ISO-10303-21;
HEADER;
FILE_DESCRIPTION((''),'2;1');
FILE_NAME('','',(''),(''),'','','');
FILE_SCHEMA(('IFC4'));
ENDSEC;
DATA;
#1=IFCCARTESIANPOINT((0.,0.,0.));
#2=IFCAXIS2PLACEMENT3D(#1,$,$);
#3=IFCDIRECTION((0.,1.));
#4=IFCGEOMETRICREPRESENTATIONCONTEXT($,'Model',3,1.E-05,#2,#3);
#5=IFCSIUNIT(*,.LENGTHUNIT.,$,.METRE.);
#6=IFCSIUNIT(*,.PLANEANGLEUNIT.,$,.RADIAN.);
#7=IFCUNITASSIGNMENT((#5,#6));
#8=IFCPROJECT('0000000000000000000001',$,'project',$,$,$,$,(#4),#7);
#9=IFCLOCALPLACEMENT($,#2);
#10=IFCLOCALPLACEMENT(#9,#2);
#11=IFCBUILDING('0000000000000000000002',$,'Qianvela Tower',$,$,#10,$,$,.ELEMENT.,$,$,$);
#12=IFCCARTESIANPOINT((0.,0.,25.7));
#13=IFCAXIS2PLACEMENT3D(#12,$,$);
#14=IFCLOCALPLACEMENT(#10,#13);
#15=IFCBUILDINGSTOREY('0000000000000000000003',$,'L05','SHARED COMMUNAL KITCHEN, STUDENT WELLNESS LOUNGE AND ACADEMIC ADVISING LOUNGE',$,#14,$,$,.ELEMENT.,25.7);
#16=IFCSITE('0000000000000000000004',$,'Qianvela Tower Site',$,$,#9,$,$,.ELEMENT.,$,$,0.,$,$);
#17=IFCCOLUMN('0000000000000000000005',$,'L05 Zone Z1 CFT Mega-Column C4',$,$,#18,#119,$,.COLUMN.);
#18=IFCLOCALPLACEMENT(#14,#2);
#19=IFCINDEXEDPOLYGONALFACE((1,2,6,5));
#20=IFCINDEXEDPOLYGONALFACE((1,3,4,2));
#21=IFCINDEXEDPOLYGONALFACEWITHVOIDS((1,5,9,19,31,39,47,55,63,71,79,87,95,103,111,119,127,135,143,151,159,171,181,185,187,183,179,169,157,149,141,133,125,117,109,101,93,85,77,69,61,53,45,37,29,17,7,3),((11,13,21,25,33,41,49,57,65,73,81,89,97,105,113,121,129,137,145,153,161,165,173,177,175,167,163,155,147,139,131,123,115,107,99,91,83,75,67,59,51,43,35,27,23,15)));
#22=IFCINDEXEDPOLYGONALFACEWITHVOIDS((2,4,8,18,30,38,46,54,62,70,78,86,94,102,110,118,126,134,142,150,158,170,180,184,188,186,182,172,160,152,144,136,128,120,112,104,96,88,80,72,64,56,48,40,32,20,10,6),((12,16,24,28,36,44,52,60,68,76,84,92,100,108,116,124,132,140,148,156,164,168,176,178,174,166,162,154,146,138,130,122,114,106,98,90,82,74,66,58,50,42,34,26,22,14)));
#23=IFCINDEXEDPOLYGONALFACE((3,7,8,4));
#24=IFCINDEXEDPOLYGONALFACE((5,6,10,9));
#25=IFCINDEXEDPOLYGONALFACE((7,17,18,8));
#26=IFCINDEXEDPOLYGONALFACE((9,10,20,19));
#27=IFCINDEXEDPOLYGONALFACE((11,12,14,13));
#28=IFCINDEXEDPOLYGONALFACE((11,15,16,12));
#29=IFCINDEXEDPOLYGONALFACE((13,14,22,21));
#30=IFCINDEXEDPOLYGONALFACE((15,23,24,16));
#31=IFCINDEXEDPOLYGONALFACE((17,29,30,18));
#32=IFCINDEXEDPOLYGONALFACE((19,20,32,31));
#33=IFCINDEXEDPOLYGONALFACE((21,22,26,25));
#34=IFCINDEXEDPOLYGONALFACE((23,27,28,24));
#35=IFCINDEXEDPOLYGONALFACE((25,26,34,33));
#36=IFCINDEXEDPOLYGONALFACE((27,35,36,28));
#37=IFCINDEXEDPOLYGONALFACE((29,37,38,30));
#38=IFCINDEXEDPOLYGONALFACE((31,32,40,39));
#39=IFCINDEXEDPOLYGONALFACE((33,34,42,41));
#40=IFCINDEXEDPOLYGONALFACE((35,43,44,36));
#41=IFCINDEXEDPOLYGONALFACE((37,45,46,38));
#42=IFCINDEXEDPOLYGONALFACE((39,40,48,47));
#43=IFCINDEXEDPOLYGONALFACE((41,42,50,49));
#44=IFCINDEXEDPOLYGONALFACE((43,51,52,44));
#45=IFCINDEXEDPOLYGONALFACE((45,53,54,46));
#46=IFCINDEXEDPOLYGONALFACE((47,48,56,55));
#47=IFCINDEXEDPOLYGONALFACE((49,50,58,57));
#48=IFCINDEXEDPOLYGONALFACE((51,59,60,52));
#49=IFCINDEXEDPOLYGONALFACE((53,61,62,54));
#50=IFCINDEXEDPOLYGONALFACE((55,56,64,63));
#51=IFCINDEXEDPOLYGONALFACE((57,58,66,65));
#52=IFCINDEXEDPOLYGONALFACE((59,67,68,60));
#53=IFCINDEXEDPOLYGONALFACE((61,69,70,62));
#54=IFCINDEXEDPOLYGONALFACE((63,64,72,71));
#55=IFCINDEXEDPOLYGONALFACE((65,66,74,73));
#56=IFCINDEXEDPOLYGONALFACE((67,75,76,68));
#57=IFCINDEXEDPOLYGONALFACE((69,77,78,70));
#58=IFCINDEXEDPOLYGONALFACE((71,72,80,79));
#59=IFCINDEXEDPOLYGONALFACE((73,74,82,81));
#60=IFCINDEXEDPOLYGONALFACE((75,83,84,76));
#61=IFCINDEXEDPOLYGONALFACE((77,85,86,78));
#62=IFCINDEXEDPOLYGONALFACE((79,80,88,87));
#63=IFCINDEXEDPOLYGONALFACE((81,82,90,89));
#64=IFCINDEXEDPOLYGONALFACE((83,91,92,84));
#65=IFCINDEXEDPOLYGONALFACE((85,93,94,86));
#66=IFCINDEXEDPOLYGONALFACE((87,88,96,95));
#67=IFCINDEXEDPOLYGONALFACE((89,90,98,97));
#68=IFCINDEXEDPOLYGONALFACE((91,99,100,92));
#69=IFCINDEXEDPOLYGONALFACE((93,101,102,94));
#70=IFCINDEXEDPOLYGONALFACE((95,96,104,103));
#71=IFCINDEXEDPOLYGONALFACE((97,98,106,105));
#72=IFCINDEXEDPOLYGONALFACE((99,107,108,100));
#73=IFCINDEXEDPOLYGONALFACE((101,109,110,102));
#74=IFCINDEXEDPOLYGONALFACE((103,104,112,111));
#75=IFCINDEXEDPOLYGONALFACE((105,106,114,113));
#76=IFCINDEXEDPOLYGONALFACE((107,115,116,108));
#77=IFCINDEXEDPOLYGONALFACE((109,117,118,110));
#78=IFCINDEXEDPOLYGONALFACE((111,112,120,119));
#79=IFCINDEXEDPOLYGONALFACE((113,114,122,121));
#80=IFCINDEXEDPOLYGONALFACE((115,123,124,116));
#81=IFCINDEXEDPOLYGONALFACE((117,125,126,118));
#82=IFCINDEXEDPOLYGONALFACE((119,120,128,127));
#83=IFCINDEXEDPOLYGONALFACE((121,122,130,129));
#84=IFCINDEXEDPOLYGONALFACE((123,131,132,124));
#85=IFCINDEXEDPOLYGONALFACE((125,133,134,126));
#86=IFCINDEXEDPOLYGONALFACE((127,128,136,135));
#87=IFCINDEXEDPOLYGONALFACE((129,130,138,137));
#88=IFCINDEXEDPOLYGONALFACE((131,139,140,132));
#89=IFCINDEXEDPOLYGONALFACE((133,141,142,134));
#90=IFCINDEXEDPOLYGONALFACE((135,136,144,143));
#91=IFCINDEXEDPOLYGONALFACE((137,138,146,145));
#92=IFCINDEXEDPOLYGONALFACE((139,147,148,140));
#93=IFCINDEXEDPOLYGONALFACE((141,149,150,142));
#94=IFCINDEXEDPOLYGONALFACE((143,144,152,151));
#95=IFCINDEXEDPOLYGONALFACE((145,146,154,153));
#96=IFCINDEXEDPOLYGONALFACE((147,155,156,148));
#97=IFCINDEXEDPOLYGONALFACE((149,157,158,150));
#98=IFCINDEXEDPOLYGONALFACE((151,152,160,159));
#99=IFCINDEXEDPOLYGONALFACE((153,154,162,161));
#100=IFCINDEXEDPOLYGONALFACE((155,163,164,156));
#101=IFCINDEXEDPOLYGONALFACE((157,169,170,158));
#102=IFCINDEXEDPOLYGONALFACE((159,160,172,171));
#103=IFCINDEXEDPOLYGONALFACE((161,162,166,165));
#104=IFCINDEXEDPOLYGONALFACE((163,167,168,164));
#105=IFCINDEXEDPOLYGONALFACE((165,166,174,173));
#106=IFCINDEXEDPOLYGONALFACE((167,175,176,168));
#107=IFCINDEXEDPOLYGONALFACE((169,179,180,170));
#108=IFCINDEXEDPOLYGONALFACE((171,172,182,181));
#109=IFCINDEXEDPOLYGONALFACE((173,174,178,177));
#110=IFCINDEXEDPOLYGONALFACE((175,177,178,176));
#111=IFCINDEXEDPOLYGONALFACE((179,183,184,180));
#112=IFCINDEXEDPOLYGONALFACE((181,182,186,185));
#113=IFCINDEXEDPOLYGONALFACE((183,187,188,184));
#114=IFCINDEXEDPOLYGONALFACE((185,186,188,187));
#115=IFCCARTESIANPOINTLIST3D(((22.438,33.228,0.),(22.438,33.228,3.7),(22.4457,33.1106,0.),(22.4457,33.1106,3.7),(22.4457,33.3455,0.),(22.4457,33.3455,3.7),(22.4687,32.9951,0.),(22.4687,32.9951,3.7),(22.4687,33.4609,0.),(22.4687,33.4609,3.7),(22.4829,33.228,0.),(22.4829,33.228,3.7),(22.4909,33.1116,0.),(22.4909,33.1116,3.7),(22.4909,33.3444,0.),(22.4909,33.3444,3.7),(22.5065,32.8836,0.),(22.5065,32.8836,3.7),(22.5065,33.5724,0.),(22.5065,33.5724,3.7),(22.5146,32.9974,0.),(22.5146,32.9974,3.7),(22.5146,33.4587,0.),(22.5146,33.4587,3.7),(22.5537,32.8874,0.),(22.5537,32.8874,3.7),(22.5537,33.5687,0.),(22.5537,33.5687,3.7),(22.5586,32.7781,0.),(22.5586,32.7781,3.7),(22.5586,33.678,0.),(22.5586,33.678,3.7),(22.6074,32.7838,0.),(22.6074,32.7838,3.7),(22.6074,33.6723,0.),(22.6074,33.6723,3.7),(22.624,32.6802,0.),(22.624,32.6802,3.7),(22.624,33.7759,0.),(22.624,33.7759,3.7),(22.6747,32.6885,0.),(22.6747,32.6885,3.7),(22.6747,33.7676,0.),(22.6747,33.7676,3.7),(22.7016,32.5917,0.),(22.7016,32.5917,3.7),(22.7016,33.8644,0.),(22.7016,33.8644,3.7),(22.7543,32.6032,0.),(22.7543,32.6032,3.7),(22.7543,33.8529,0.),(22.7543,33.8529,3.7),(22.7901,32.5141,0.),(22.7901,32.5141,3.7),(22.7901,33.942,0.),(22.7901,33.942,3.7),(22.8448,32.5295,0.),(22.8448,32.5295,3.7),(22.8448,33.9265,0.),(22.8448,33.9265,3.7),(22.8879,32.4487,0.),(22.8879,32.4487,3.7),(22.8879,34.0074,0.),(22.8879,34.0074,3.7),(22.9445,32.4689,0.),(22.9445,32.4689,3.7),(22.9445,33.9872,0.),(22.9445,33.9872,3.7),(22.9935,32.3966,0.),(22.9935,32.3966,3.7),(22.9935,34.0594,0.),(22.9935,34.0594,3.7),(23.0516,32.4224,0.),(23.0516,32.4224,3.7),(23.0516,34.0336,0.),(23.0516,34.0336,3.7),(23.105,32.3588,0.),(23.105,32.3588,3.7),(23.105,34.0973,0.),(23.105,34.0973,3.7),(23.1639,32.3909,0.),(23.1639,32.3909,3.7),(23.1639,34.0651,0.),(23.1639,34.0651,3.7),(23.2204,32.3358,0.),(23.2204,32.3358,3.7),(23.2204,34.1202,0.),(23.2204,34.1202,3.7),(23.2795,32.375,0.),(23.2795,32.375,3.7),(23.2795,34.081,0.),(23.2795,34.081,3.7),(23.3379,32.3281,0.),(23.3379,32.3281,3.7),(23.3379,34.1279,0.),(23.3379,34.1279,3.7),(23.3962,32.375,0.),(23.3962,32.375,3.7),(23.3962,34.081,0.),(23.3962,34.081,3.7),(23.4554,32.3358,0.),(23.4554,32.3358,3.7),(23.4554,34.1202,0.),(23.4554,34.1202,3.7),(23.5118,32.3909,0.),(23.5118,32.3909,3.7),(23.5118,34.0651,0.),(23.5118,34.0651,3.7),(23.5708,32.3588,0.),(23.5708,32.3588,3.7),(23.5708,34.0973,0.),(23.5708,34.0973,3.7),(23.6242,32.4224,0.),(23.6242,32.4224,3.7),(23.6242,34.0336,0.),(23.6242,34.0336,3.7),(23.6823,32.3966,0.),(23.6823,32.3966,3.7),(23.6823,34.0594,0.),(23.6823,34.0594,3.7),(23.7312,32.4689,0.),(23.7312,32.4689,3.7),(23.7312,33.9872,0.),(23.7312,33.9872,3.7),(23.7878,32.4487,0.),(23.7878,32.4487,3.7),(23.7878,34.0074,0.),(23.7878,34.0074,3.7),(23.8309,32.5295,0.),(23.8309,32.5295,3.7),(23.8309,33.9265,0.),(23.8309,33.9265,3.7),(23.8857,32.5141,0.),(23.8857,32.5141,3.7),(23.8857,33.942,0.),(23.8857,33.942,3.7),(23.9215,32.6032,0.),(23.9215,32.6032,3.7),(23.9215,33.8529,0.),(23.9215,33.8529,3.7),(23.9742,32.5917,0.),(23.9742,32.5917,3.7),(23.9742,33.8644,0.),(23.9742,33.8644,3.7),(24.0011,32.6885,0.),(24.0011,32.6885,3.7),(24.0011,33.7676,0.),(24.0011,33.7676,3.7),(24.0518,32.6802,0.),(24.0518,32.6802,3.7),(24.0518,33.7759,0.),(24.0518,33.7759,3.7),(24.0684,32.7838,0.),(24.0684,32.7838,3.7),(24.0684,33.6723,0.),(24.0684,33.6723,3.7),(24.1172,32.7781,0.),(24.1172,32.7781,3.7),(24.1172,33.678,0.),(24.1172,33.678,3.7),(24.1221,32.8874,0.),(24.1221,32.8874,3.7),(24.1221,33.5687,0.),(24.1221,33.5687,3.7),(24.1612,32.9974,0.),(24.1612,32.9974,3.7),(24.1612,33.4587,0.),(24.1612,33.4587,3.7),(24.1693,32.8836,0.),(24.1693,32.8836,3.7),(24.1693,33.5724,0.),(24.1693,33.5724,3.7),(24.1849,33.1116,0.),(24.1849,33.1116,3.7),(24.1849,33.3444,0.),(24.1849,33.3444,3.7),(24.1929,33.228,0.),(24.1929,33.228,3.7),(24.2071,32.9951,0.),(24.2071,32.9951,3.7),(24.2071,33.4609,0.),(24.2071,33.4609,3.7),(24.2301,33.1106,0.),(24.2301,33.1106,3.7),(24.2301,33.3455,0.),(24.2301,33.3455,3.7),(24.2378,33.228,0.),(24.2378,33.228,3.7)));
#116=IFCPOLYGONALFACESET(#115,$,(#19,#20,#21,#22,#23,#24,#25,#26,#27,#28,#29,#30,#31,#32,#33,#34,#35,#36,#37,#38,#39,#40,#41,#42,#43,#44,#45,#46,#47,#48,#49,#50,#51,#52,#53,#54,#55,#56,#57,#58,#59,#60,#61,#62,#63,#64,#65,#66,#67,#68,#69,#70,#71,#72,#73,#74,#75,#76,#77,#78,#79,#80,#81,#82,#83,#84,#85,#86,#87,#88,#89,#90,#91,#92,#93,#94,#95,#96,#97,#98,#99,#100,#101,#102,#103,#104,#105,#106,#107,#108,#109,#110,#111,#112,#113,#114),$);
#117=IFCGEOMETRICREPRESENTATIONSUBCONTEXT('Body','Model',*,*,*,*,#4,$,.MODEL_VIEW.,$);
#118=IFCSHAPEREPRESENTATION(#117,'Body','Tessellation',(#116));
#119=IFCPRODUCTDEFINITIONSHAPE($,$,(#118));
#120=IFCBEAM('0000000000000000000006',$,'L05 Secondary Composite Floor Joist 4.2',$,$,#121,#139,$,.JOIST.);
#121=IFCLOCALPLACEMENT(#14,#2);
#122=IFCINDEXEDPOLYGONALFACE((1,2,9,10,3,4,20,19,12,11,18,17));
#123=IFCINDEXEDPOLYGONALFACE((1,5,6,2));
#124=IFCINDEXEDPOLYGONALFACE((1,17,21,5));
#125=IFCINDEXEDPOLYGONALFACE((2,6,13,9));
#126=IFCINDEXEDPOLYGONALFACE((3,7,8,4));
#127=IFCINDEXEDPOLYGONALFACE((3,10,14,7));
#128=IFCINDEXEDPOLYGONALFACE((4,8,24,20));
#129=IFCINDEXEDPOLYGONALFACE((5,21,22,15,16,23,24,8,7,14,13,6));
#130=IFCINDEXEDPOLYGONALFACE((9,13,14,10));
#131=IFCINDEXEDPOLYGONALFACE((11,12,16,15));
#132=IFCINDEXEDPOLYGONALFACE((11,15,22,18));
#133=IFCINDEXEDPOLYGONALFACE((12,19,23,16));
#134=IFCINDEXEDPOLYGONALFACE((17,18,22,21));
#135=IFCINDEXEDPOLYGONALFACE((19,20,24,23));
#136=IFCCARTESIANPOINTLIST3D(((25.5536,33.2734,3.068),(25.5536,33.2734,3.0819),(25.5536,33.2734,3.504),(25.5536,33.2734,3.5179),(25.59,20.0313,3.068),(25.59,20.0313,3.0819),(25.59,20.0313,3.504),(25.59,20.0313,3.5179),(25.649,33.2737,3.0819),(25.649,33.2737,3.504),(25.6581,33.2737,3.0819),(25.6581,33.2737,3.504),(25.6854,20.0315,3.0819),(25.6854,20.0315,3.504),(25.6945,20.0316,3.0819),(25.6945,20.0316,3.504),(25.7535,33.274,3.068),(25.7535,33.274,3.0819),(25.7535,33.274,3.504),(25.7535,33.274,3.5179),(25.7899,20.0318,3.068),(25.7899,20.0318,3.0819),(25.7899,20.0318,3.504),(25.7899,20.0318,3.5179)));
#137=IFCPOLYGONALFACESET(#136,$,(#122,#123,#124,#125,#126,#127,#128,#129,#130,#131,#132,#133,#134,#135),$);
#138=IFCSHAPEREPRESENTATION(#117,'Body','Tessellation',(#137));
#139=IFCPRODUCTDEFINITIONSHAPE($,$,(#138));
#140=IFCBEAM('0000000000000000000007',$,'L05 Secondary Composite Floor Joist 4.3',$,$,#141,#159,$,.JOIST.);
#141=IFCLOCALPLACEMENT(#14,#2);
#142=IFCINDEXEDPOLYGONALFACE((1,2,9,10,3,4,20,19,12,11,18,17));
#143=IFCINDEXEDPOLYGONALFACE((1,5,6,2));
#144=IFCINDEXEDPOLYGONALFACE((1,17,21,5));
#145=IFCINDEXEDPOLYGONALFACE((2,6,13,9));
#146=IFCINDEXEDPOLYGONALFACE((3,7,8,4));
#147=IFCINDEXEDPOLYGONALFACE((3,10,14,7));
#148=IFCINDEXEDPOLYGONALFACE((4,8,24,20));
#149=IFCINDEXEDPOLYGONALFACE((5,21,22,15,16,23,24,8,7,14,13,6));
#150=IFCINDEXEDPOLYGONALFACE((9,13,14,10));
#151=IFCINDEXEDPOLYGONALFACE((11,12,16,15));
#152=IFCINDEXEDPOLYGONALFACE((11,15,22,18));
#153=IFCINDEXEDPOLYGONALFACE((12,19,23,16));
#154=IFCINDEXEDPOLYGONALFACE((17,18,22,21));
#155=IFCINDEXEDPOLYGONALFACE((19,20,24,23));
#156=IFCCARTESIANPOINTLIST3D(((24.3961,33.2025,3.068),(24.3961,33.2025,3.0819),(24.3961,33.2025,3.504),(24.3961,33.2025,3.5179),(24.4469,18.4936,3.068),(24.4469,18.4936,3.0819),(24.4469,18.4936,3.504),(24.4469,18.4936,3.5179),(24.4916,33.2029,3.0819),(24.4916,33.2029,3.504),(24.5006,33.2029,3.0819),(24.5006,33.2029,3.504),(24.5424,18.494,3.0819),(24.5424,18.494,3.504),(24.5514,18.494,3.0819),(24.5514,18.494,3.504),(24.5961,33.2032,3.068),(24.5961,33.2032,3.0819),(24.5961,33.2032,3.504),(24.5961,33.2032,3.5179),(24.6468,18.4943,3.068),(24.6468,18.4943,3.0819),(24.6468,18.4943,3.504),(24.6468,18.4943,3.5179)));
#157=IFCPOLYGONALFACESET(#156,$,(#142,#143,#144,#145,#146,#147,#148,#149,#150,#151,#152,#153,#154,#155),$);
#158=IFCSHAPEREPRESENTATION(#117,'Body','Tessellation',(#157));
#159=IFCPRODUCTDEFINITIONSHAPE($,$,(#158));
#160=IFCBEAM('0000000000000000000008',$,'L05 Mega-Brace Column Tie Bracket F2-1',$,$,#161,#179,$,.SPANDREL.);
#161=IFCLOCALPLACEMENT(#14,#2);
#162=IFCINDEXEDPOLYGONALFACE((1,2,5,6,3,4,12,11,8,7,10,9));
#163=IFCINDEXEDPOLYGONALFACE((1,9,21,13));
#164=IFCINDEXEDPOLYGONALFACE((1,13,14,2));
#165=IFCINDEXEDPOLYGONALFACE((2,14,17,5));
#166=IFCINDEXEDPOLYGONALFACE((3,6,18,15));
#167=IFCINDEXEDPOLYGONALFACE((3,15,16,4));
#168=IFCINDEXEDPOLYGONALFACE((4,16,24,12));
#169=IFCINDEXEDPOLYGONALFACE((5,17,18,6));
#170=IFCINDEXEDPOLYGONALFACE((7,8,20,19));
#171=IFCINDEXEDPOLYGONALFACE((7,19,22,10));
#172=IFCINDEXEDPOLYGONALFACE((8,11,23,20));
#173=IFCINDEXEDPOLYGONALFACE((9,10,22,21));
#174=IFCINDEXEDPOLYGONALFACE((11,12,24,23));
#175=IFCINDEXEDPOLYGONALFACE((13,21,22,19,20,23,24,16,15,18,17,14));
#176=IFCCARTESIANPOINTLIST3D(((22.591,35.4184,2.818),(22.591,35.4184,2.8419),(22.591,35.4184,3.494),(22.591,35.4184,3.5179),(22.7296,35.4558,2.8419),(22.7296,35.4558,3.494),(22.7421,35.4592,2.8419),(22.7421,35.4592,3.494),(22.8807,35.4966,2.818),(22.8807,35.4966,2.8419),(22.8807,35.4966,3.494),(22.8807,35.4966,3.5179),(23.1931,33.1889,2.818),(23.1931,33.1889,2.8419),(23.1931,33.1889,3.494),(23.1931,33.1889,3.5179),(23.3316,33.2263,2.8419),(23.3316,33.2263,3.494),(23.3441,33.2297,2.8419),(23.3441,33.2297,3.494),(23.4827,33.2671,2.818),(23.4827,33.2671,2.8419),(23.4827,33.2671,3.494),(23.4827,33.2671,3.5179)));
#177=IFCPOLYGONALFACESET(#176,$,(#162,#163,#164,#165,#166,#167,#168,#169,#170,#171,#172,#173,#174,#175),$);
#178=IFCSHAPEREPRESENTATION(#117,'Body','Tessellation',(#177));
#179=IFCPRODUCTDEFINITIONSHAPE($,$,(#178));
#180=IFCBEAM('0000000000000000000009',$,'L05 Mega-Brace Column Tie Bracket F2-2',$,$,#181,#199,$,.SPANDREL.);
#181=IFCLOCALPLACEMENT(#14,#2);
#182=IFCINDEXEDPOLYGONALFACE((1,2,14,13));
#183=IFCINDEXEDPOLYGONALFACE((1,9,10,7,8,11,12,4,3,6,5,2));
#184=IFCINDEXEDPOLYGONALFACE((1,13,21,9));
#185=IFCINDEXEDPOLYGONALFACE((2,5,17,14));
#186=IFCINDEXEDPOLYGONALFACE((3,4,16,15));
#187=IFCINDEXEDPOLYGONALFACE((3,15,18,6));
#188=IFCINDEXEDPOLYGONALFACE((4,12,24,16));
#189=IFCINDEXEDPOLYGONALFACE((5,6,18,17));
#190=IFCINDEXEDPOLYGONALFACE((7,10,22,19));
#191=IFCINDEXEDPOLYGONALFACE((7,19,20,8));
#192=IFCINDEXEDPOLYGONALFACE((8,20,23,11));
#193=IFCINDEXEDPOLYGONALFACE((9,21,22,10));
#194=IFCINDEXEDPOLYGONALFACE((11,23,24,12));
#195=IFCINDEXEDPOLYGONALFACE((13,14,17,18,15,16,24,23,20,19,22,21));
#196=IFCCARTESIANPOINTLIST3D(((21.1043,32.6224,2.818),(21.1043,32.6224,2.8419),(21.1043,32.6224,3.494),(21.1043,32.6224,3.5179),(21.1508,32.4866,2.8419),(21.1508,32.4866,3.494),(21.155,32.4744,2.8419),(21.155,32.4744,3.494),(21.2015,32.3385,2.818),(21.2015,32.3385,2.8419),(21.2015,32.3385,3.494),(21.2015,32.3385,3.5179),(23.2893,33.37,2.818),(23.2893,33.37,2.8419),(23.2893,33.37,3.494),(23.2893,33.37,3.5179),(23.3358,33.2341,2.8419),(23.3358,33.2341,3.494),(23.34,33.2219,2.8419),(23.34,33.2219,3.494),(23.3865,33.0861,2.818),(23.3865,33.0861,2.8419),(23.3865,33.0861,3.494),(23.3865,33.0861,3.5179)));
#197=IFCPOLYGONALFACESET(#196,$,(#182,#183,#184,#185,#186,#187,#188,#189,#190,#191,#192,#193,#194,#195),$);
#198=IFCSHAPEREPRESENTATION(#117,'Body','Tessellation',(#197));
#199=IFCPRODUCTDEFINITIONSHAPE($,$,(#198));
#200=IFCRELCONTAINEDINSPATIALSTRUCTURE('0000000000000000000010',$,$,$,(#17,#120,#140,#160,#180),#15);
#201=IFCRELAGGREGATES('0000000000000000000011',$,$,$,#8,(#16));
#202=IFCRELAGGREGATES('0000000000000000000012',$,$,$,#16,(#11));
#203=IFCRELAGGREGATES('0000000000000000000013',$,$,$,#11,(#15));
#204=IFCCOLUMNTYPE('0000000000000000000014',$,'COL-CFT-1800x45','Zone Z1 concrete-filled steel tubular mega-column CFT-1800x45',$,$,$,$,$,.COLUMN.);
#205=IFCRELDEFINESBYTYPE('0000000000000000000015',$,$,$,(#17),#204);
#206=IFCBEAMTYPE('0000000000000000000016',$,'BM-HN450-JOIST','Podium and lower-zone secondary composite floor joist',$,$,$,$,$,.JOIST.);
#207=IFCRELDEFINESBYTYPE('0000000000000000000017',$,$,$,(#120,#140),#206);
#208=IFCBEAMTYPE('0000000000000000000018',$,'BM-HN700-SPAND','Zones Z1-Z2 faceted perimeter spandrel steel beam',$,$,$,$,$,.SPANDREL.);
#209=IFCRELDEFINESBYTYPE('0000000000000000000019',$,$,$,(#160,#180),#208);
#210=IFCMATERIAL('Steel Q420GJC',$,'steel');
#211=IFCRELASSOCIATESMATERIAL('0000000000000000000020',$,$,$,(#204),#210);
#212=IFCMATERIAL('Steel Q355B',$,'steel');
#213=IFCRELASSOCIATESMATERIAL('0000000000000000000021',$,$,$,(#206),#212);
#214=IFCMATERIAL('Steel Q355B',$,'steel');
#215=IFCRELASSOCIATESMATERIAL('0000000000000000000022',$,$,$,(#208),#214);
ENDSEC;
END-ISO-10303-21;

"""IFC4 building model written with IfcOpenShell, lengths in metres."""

from ifc_helpers import new_model, si_unit, direction, frame, origin, origin_2d, place, context, subcontext, project, spatial, hollow_circle, i_section, extrude, material, material_profile, profile_set, type_object, element, save


model = new_model("IFC4")

# Units and contexts
model_context = context("Model", 3, precision=1e-05, world=origin(), true_north=direction((0.0, 1.0)))
body_context = subcontext(model_context, "Body", "Model", "MODEL_VIEW")
ifc_project = project(units=[si_unit("LENGTHUNIT", "METRE"), si_unit("PLANEANGLEUNIT", "RADIAN")], contexts=[model_context])

# Site, building, storey
site_placement = place(None, origin())
site = spatial("IfcSite", under=ifc_project, at=site_placement, Name="Qianvela Tower Site", CompositionType="ELEMENT", RefElevation=0.0)
building_placement = place(site_placement, origin())
building = spatial("IfcBuilding", under=site, at=building_placement, Name="Qianvela Tower", CompositionType="ELEMENT")
storey_placement = place(building_placement, frame((0.0, 0.0, 25.7)))
storey = spatial("IfcBuildingStorey", under=building, at=storey_placement, Name="L05", Description="SHARED COMMUNAL KITCHEN, STUDENT WELLNESS LOUNGE AND ACADEMIC ADVISING LOUNGE", CompositionType="ELEMENT", Elevation=25.7)

# Column
ifc_material_1 = material(Name="Steel Q420GJC", Category="steel")
ifc_material_profile_1 = material_profile(ifc_material_1, hollow_circle(Radius=0.8999, WallThickness=0.0449, at=origin_2d()), Name="CFT-1800x45")
ifc_profile_set_1 = profile_set([ifc_material_profile_1], Name="Steel Q420GJC")
column_type = type_object("IfcColumnType", Name="COL-CFT-1800x45", Description="Zone Z1 concrete-filled steel tubular mega-column CFT-1800x45", PredefinedType="COLUMN", material=ifc_profile_set_1)
column_placement = place(storey_placement, frame((23.3379, 33.228, 0.0), z_axis=(0.0, 0.0, 1.0), x_axis=(1.0, 0.0, 0.0)))
element("IfcColumn", 1, at=column_placement, inside=storey, type_object=column_type, Name="L05 Zone Z1 CFT Mega-Column C4", PredefinedType="COLUMN", context=body_context, shape_type="SweptSolid", body=[
    extrude(hollow_circle(Radius=0.8999, WallThickness=0.0449, at=origin_2d()), origin(), (0.0, 0.0, 1.0), 3.7),
])

# Beams
ifc_material_2 = material(Name="Steel Q355B", Category="steel")
ifc_material_profile_2 = material_profile(ifc_material_2, i_section(OverallWidth=0.2, OverallDepth=0.45, WebThickness=0.009, FlangeThickness=0.0139, at=origin_2d()), Name="HN450x200x9x14")
ifc_profile_set_2 = profile_set([ifc_material_profile_2], Name="Steel Q355B")
beam_type_1 = type_object("IfcBeamType", Name="BM-HN450-JOIST", Description="Podium and lower-zone secondary composite floor joist", PredefinedType="JOIST", material=ifc_profile_set_2)
beam_1_placement = place(storey_placement, frame((25.6536, 33.2737, 3.293), z_axis=(0.002747, -0.999996, 0.0), x_axis=(0.999996, 0.002747, 0.0)))
element("IfcBeam", 2, at=beam_1_placement, inside=storey, type_object=beam_type_1, Name="L05 Secondary Composite Floor Joist 4.2", PredefinedType="JOIST", context=body_context, shape_type="SweptSolid", body=[
    extrude(i_section(OverallWidth=0.2, OverallDepth=0.45, WebThickness=0.009, FlangeThickness=0.0139, at=origin_2d()), origin(), (0.0, 0.0, 1.0), 13.2422),
])
beam_2_placement = place(storey_placement, frame((24.4961, 33.2029, 3.293), z_axis=(0.003452, -0.999994, 0.0), x_axis=(0.999994, 0.003452, 0.0)))
element("IfcBeam", 3, at=beam_2_placement, inside=storey, type_object=beam_type_1, Name="L05 Secondary Composite Floor Joist 4.3", PredefinedType="JOIST", context=body_context, shape_type="SweptSolid", body=[
    extrude(i_section(OverallWidth=0.2, OverallDepth=0.45, WebThickness=0.009, FlangeThickness=0.0139, at=origin_2d()), origin(), (0.0, 0.0, 1.0), 14.709),
])
ifc_material_3 = material(Name="Steel Q355B", Category="steel")
ifc_material_profile_3 = material_profile(ifc_material_3, i_section(OverallWidth=0.3, OverallDepth=0.7, WebThickness=0.0129, FlangeThickness=0.0239, at=origin_2d()), Name="HN700x300x13x24")
ifc_profile_set_3 = profile_set([ifc_material_profile_3], Name="Steel Q355B")
beam_type_2 = type_object("IfcBeamType", Name="BM-HN700-SPAND", Description="Zones Z1-Z2 faceted perimeter spandrel steel beam", PredefinedType="SPANDREL", material=ifc_profile_set_3)
for number, where, z_axis, x_axis, name in (
    (4, (23.3379, 33.228, 3.168), (-0.260701, 0.96542, 0.0), (-0.96542, -0.260701, 0.0), "L05 Mega-Brace Column Tie Bracket F2-1"),
    (5, (23.3379, 33.228, 3.168), (-0.946159, -0.323703, 0.0), (0.323703, -0.946159, 0.0), "L05 Mega-Brace Column Tie Bracket F2-2"),
):
    element("IfcBeam", number, at=place(storey_placement, frame(where, z_axis=z_axis, x_axis=x_axis)), inside=storey, type_object=beam_type_2, Name=name, PredefinedType="SPANDREL", context=body_context, shape_type="SweptSolid", body=[
        extrude(i_section(OverallWidth=0.3, OverallDepth=0.7, WebThickness=0.0129, FlangeThickness=0.0239, at=origin_2d()), origin(), (0.0, 0.0, 1.0), 2.3093),
    ])

save(model, "model.ifc")
